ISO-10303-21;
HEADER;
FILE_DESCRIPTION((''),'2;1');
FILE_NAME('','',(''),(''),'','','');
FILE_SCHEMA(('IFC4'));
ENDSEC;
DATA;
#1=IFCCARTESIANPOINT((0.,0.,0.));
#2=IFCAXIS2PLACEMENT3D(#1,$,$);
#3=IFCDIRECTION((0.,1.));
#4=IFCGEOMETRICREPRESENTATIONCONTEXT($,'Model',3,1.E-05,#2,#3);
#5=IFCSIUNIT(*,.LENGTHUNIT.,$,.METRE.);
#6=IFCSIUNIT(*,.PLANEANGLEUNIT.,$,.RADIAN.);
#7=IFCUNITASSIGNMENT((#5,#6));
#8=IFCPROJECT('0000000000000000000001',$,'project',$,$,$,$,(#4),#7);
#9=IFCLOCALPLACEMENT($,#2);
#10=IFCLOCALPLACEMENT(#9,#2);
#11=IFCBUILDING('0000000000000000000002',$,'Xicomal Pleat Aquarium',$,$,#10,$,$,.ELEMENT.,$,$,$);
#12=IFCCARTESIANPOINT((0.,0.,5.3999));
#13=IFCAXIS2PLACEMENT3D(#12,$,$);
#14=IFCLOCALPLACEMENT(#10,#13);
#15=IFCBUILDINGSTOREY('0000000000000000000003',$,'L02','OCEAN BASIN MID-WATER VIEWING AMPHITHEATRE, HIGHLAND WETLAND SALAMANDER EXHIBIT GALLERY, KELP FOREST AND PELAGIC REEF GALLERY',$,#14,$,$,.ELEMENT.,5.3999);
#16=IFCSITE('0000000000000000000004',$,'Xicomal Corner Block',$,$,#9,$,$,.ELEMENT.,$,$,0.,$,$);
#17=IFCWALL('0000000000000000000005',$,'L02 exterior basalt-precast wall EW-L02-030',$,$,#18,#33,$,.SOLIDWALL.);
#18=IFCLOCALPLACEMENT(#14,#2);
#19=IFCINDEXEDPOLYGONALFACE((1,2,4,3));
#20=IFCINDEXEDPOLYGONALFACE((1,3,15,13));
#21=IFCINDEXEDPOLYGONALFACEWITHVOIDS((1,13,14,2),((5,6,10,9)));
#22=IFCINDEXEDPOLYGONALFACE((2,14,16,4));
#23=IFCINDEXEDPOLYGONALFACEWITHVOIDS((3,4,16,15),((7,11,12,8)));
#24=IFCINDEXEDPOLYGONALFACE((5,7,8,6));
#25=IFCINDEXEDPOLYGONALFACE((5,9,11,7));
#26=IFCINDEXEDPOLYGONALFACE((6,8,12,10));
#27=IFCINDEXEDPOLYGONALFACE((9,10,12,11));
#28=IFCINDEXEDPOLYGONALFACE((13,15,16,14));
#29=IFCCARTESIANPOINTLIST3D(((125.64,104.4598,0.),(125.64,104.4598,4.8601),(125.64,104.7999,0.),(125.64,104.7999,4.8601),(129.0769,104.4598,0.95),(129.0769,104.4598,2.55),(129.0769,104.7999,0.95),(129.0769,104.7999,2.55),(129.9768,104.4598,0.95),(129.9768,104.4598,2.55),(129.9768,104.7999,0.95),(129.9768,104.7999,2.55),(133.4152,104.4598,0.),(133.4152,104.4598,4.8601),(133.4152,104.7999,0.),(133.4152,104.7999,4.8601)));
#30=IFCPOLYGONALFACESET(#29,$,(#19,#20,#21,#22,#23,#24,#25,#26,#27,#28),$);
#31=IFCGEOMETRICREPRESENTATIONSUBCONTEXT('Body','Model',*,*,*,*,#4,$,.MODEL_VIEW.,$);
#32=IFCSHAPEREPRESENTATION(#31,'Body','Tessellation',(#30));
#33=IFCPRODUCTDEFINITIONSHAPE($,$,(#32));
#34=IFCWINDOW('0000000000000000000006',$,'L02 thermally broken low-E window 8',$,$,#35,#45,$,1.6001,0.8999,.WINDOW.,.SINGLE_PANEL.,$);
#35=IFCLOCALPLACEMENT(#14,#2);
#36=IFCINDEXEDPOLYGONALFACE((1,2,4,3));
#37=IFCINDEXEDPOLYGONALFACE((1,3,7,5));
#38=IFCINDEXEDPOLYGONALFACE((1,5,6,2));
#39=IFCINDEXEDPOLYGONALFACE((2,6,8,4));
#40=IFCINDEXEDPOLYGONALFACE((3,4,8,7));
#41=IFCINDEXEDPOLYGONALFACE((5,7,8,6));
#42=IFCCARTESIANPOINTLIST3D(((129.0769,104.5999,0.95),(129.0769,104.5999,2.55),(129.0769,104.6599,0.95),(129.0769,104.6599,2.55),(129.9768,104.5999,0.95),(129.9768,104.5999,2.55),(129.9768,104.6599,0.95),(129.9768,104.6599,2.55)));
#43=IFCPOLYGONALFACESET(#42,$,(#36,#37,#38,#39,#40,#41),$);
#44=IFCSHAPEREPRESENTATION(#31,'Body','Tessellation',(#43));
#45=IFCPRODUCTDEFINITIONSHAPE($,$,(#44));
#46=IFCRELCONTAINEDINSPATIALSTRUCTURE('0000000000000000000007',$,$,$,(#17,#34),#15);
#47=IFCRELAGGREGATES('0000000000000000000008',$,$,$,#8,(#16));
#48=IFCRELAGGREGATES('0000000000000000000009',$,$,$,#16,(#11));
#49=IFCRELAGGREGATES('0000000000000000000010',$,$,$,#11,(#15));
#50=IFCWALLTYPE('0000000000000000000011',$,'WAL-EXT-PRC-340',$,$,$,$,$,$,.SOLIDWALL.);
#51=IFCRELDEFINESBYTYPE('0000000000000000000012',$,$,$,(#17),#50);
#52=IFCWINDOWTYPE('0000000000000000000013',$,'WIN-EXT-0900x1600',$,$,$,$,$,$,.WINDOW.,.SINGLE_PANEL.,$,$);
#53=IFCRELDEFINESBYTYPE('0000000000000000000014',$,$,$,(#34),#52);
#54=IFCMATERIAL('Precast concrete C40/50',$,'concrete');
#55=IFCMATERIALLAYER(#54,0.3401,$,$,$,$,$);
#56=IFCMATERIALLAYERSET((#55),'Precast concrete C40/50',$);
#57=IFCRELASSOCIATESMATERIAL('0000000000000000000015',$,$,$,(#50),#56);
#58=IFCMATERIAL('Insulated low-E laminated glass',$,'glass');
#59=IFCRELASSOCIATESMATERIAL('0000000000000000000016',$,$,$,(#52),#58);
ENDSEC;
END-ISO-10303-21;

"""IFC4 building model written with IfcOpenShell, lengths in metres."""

from ifc_helpers import new_model, si_unit, direction, frame, frame_2d, origin, place, context, subcontext, project, spatial, rectangle, extrude, material, layer, layer_set, type_object, element, fill, save


model = new_model("IFC4")

# Units and contexts
model_context = context("Model", 3, precision=1e-05, world=origin(), true_north=direction((0.0, 1.0)))
body_context = subcontext(model_context, "Body", "Model", "MODEL_VIEW")
ifc_project = project(units=[si_unit("LENGTHUNIT", "METRE"), si_unit("PLANEANGLEUNIT", "RADIAN")], contexts=[model_context])

# Site, building, storey
site_placement = place(None, origin())
site = spatial("IfcSite", under=ifc_project, at=site_placement, Name="Xicomal Corner Block", CompositionType="ELEMENT", RefElevation=0.0)
building_placement = place(site_placement, origin())
building = spatial("IfcBuilding", under=site, at=building_placement, Name="Xicomal Pleat Aquarium", CompositionType="ELEMENT")
storey_placement = place(building_placement, frame((0.0, 0.0, 5.3999)))
storey = spatial("IfcBuildingStorey", under=building, at=storey_placement, Name="L02", Description="OCEAN BASIN MID-WATER VIEWING AMPHITHEATRE, HIGHLAND WETLAND SALAMANDER EXHIBIT GALLERY, KELP FOREST AND PELAGIC REEF GALLERY", CompositionType="ELEMENT", Elevation=5.3999)

# Wall, opening, window
ifc_material_1 = material(Name="Precast concrete C40/50", Category="concrete")
ifc_layer_1 = layer(ifc_material_1, 0.3401)
ifc_layer_set_1 = layer_set([ifc_layer_1], Name="Precast concrete C40/50")
wall_type = type_object("IfcWallType", Name="WAL-EXT-PRC-340", PredefinedType="SOLIDWALL", material=ifc_layer_set_1)
wall_placement = place(storey_placement, frame((125.6399, 104.6299, 0.0), z_axis=(0.0, 0.0, 1.0), x_axis=(1.0, 0.0, 0.0)))
wall = element("IfcWall", 1, at=wall_placement, inside=storey, type_object=wall_type, Name="L02 exterior basalt-precast wall EW-L02-030", PredefinedType="SOLIDWALL", context=body_context, shape_type="SweptSolid", body=[
    extrude(rectangle(XDim=7.7751, YDim=0.3401, at=frame_2d((3.8877, 0.0))), origin(), (0.0, 0.0, 1.0), 4.8601),
])
opening_placement = place(wall_placement, frame((3.437, 0.0, 0.95)))
opening = element("IfcOpeningElement", 2, at=opening_placement, cuts=wall, PredefinedType="OPENING", context=body_context, shape_type="SweptSolid", body=[
    extrude(rectangle(XDim=0.8999, YDim=1.6001, at=frame_2d((0.45, 0.8))), frame((0.0, 0.1799, 0.0), z_axis=(0.0, -1.0, 0.0), x_axis=(1.0, 0.0, 0.0)), (0.0, 0.0, 1.0), 0.3601),
])
ifc_material_2 = material(Name="Insulated low-E laminated glass", Category="glass")
window_type = type_object("IfcWindowType", Name="WIN-EXT-0900x1600", PartitioningType="SINGLE_PANEL", PredefinedType="WINDOW", material=ifc_material_2)
window_placement = place(opening_placement, origin())
window = element("IfcWindow", 3, at=window_placement, inside=storey, type_object=window_type, Name="L02 thermally broken low-E window 8", OverallHeight=1.6001, OverallWidth=0.8999, PartitioningType="SINGLE_PANEL", PredefinedType="WINDOW", context=body_context, shape_type="SweptSolid", body=[
    extrude(rectangle(XDim=0.8999, YDim=1.6001, at=frame_2d((0.45, 0.8))), frame((0.0, 0.03, 0.0), z_axis=(0.0, -1.0, 0.0), x_axis=(1.0, 0.0, 0.0)), (0.0, 0.0, 1.0), 0.0601),
])
fill(opening, window)

save(model, "model.ifc")
